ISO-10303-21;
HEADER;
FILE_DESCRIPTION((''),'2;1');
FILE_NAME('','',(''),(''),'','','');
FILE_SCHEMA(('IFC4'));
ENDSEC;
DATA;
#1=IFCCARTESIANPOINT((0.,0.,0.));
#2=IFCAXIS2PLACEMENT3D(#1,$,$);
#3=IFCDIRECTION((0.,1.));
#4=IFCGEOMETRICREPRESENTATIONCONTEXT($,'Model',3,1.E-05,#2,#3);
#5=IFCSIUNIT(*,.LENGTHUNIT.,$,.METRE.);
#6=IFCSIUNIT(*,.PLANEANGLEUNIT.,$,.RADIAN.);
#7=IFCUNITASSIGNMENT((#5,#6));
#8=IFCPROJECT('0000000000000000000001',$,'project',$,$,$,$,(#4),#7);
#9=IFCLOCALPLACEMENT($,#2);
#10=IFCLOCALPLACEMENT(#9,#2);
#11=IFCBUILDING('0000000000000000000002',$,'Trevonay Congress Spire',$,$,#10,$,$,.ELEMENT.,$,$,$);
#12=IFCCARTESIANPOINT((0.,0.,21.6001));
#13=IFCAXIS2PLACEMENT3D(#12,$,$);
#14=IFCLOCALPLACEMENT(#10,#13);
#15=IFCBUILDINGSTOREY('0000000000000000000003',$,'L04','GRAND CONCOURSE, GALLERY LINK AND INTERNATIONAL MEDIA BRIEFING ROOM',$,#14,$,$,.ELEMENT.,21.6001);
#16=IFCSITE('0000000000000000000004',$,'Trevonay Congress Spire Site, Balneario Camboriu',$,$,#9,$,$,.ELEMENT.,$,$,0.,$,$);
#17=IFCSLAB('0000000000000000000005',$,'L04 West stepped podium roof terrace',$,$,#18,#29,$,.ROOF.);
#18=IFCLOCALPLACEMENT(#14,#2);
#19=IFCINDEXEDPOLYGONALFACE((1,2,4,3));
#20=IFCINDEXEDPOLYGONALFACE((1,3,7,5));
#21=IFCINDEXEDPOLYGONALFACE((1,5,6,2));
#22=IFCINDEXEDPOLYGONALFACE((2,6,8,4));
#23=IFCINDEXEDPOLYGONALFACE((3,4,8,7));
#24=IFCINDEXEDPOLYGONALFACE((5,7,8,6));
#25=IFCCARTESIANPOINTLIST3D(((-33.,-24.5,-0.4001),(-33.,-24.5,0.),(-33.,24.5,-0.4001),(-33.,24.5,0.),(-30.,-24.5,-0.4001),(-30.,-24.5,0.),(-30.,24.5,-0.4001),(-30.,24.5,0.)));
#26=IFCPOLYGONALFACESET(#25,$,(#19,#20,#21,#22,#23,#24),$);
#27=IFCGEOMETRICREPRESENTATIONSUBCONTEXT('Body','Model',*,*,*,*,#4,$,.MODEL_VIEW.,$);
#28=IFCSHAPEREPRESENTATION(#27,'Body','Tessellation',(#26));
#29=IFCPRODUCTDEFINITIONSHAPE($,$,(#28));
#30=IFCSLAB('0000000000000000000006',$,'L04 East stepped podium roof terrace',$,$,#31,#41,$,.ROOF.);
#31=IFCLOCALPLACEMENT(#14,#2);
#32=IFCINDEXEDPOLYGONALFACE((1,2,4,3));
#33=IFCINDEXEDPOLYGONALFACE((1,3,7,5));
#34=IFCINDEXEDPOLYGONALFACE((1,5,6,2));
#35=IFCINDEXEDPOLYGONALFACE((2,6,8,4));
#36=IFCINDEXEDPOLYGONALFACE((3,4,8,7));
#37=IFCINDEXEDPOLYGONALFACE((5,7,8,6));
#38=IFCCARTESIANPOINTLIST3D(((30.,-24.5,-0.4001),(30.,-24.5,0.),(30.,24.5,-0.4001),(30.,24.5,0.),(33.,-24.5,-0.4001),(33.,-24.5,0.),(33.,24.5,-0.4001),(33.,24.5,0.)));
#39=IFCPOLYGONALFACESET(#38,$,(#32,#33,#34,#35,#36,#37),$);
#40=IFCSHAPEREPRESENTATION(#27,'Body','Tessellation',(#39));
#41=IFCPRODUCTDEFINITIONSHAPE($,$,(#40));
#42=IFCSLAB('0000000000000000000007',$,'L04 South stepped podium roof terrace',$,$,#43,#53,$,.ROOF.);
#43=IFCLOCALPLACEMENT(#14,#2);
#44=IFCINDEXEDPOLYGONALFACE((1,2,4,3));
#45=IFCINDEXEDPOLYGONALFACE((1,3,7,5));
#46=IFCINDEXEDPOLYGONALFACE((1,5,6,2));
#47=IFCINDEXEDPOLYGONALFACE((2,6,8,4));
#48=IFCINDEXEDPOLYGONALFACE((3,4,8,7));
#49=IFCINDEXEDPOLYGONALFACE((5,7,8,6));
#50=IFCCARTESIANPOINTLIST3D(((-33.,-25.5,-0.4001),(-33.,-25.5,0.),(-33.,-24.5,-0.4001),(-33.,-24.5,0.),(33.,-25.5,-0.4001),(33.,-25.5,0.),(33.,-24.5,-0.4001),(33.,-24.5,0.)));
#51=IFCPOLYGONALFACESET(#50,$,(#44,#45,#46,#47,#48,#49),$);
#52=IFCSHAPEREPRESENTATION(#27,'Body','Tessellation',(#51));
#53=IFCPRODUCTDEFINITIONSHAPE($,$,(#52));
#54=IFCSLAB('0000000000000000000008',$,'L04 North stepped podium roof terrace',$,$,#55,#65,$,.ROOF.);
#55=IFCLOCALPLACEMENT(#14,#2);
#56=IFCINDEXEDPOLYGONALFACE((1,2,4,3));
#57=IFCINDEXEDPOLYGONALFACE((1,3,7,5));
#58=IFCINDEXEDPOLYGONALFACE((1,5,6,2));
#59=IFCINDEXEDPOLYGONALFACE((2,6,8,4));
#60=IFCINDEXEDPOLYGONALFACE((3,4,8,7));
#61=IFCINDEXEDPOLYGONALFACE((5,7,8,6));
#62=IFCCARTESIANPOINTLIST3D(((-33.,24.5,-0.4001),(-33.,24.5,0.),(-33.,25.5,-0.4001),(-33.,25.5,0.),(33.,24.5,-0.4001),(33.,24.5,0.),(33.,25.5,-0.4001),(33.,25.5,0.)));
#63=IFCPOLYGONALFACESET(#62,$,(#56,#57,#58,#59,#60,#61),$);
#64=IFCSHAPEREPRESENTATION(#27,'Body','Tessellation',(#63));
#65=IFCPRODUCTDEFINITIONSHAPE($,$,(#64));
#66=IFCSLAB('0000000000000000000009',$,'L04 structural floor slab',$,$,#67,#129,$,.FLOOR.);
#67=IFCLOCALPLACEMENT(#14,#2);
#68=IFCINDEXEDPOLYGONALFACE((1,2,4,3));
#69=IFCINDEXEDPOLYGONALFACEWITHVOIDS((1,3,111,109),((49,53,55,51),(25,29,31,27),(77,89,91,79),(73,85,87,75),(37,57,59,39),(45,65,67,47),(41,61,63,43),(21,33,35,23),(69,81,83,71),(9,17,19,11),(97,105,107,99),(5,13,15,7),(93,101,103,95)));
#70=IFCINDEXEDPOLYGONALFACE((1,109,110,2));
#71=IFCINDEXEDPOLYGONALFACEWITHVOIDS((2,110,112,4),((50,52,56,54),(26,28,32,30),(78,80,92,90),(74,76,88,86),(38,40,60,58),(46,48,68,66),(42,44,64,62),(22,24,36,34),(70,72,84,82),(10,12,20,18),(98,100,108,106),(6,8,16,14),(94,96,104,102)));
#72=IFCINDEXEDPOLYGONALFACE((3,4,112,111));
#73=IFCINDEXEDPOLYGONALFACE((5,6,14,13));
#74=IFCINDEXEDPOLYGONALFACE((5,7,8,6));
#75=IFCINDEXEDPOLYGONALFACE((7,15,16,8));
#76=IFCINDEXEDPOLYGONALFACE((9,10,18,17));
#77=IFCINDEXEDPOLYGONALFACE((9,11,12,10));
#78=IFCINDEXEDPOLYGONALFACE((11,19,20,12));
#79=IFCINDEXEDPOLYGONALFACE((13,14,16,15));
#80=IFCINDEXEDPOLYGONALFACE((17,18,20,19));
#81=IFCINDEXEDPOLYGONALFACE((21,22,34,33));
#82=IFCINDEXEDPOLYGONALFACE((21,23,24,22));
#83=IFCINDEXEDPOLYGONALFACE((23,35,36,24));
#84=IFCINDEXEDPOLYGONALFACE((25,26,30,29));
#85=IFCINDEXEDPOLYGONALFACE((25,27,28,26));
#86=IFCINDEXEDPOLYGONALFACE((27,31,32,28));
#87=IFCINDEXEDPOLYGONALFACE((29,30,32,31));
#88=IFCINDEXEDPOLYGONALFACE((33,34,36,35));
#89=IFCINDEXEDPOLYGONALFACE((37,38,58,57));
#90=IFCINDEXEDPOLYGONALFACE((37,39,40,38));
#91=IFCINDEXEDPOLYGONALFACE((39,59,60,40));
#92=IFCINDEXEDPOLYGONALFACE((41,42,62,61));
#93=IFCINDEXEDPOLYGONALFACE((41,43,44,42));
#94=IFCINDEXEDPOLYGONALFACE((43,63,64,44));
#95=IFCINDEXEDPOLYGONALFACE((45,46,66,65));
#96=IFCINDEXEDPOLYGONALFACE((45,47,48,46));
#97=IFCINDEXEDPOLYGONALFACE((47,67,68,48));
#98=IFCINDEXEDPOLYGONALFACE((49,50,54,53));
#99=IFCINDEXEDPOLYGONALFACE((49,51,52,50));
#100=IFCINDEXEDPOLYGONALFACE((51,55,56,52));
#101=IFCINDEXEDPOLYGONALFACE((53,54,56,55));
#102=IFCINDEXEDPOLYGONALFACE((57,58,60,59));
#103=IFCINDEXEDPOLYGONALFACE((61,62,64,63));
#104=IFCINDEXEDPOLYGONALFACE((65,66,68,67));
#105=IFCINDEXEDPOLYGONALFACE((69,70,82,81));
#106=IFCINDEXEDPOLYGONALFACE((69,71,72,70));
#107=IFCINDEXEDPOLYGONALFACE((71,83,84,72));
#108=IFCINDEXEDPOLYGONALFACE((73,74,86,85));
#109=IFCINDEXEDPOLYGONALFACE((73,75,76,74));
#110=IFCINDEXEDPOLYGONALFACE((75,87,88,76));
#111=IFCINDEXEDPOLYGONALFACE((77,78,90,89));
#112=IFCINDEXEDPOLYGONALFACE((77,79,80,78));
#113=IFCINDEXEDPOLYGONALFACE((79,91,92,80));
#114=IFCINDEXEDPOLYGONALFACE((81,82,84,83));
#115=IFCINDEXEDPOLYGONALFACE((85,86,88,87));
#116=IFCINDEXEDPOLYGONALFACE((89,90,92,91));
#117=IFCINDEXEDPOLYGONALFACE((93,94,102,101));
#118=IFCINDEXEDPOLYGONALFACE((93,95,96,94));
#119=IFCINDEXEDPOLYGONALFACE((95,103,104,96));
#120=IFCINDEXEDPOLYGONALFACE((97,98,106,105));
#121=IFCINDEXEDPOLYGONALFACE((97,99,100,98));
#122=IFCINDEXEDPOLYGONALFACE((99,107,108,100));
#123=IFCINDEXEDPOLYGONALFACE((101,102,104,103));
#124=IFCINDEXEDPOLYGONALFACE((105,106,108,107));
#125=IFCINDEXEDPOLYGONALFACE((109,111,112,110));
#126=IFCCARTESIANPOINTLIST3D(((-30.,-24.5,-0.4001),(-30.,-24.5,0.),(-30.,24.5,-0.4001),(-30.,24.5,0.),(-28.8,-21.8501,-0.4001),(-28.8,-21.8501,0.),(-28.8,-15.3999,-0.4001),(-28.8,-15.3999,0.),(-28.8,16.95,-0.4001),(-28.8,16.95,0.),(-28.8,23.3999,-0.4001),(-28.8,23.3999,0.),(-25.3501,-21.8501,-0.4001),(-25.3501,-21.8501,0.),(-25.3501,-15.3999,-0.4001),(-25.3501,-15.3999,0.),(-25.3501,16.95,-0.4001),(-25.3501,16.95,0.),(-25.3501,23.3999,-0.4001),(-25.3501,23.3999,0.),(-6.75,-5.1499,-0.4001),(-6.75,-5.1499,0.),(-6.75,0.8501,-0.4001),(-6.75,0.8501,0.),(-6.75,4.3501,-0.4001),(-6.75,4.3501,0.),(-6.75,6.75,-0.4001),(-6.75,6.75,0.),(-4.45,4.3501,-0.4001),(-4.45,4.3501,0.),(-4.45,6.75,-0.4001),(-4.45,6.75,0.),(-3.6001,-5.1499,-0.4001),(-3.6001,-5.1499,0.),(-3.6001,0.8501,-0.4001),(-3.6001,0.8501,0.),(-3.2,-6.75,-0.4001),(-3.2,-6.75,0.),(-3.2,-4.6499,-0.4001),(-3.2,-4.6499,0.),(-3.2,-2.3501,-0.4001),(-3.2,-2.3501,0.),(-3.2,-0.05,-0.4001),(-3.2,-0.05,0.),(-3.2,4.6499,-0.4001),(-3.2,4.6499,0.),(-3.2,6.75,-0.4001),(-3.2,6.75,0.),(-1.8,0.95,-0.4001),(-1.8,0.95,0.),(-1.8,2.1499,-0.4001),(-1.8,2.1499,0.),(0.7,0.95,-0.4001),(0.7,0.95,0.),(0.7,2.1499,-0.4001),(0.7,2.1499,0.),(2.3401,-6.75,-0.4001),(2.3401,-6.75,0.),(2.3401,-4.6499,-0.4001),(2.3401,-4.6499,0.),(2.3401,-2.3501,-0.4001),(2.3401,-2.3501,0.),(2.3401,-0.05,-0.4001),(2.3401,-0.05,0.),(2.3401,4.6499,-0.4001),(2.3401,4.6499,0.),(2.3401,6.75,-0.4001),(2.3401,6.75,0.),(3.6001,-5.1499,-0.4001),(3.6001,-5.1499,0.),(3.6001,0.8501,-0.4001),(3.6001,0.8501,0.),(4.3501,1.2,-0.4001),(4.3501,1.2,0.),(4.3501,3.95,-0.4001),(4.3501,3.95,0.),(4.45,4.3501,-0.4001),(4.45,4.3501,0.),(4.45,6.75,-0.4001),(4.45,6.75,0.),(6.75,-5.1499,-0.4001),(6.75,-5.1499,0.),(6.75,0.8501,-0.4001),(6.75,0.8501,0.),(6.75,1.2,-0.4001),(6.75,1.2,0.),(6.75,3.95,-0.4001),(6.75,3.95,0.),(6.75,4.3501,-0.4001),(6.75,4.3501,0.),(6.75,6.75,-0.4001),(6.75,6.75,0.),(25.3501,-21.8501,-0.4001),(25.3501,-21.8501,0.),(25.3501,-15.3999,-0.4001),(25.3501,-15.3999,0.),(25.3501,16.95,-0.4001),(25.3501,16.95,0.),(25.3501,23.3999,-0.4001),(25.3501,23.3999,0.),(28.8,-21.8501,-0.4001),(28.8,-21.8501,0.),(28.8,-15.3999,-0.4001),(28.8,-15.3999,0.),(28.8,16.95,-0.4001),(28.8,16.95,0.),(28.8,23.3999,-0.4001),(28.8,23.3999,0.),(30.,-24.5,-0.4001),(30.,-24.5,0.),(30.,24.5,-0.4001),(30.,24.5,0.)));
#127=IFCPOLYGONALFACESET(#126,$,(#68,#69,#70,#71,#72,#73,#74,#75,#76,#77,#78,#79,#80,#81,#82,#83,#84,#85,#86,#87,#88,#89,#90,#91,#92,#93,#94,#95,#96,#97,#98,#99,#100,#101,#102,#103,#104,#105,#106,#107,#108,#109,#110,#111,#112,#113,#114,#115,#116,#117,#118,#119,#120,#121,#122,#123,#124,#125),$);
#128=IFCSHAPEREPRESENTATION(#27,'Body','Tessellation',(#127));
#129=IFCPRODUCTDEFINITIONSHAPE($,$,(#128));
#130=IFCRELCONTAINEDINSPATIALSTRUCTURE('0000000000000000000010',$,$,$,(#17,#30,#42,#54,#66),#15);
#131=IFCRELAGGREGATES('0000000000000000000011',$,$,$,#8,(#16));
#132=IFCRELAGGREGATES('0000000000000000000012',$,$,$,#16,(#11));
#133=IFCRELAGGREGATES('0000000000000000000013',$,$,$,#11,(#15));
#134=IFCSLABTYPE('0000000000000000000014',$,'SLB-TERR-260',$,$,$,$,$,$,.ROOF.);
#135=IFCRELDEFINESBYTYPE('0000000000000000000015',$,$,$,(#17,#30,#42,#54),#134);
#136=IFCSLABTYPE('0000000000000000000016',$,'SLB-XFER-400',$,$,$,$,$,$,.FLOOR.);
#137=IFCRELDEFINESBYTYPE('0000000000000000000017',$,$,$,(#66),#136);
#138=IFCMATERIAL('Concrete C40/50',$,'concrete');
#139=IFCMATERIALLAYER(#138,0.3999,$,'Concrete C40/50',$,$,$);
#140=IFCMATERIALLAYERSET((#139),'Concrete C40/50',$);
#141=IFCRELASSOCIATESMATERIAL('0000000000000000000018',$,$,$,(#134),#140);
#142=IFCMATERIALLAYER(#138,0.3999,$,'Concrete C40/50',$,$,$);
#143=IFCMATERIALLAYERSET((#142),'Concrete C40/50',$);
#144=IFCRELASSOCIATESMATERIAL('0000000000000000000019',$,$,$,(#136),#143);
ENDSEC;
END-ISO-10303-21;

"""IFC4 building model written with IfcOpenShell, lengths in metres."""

from ifc_helpers import new_model, si_unit, direction, frame, origin, place, context, subcontext, project, spatial, polyline, outline, extrude, material, layer, layer_set, type_object, element, save


model = new_model("IFC4")

# Units and contexts
model_context = context("Model", 3, precision=1e-05, world=origin(), true_north=direction((0.0, 1.0)))
body_context = subcontext(model_context, "Body", "Model", "MODEL_VIEW")
ifc_project = project(units=[si_unit("LENGTHUNIT", "METRE"), si_unit("PLANEANGLEUNIT", "RADIAN")], contexts=[model_context])

# Site, building, storey
site_placement = place(None, origin())
site = spatial("IfcSite", under=ifc_project, at=site_placement, Name="Trevonay Congress Spire Site, Balneario Camboriu", CompositionType="ELEMENT", RefElevation=0.0)
building_placement = place(site_placement, origin())
building = spatial("IfcBuilding", under=site, at=building_placement, Name="Trevonay Congress Spire", CompositionType="ELEMENT")
storey_placement = place(building_placement, frame((0.0, 0.0, 21.6001)))
storey = spatial("IfcBuildingStorey", under=building, at=storey_placement, Name="L04", Description="GRAND CONCOURSE, GALLERY LINK AND INTERNATIONAL MEDIA BRIEFING ROOM", CompositionType="ELEMENT", Elevation=21.6001)

# Slabs
ifc_material_1 = material(Name="Concrete C40/50", Category="concrete")
ifc_layer_1 = layer(ifc_material_1, 0.3999, Name="Concrete C40/50")
ifc_layer_set_1 = layer_set([ifc_layer_1], Name="Concrete C40/50")
slab_type_1 = type_object("IfcSlabType", Name="SLB-TERR-260", PredefinedType="ROOF", material=ifc_layer_set_1)
slab_1_placement = place(storey_placement, frame((0.0, 0.0, -0.4001)))
element("IfcSlab", 1, at=slab_1_placement, inside=storey, type_object=slab_type_1, Name="L04 West stepped podium roof terrace", PredefinedType="ROOF", context=body_context, shape_type="SweptSolid", body=[
    extrude(outline(polyline([(-33.0, -24.5), (-30.0, -24.5), (-30.0, 24.5), (-33.0, 24.5), (-33.0, -24.5)])), origin(), (0.0, 0.0, 1.0), 0.4001),
])
slab_2_placement = place(storey_placement, frame((0.0, 0.0, -0.4001)))
element("IfcSlab", 2, at=slab_2_placement, inside=storey, type_object=slab_type_1, Name="L04 East stepped podium roof terrace", PredefinedType="ROOF", context=body_context, shape_type="SweptSolid", body=[
    extrude(outline(polyline([(30.0, -24.5), (33.0, -24.5), (33.0, 24.5), (30.0, 24.5), (30.0, -24.5)])), origin(), (0.0, 0.0, 1.0), 0.4001),
])
slab_3_placement = place(storey_placement, frame((0.0, 0.0, -0.4001)))
element("IfcSlab", 3, at=slab_3_placement, inside=storey, type_object=slab_type_1, Name="L04 South stepped podium roof terrace", PredefinedType="ROOF", context=body_context, shape_type="SweptSolid", body=[
    extrude(outline(polyline([(-33.0, -25.5), (33.0, -25.5), (33.0, -24.5), (-33.0, -24.5), (-33.0, -25.5)])), origin(), (0.0, 0.0, 1.0), 0.4001),
])
slab_4_placement = place(storey_placement, frame((0.0, 0.0, -0.4001)))
element("IfcSlab", 4, at=slab_4_placement, inside=storey, type_object=slab_type_1, Name="L04 North stepped podium roof terrace", PredefinedType="ROOF", context=body_context, shape_type="SweptSolid", body=[
    extrude(outline(polyline([(-33.0, 24.5), (33.0, 24.5), (33.0, 25.5), (-33.0, 25.5), (-33.0, 24.5)])), origin(), (0.0, 0.0, 1.0), 0.4001),
])
ifc_layer_2 = layer(ifc_material_1, 0.3999, Name="Concrete C40/50")
ifc_layer_set_2 = layer_set([ifc_layer_2], Name="Concrete C40/50")
slab_type_2 = type_object("IfcSlabType", Name="SLB-XFER-400", PredefinedType="FLOOR", material=ifc_layer_set_2)
slab_5_placement = place(storey_placement, frame((0.0, 0.0, -0.4001)))
element("IfcSlab", 5, at=slab_5_placement, inside=storey, type_object=slab_type_2, Name="L04 structural floor slab", PredefinedType="FLOOR", context=body_context, shape_type="SweptSolid", body=[
    extrude(outline(polyline([(-30.0, -24.5), (30.0, -24.5), (30.0, 24.5), (-30.0, 24.5), (-30.0, -24.5)]), holes=[polyline([(-3.6001, -5.1499), (-3.6001, 0.8501), (-6.75, 0.8501), (-6.75, -5.1499), (-3.6001, -5.1499)]), polyline([(6.75, -5.1499), (6.75, 0.8501), (3.6001, 0.8501), (3.6001, -5.1499), (6.75, -5.1499)]), polyline([(-25.3501, -21.8501), (-25.3501, -15.3999), (-28.8, -15.3999), (-28.8, -21.8501), (-25.3501, -21.8501)]), polyline([(28.8, -21.8501), (28.8, -15.3999), (25.3501, -15.3999), (25.3501, -21.8501), (28.8, -21.8501)]), polyline([(-25.3501, 16.95), (-25.3501, 23.3999), (-28.8, 23.3999), (-28.8, 16.95), (-25.3501, 16.95)]), polyline([(28.8, 16.95), (28.8, 23.3999), (25.3501, 23.3999), (25.3501, 16.95), (28.8, 16.95)]), polyline([(-3.2, -6.75), (2.3401, -6.75), (2.3401, -4.6499), (-3.2, -4.6499), (-3.2, -6.75)]), polyline([(-3.2, -2.3501), (2.3401, -2.3501), (2.3401, -0.05), (-3.2, -0.05), (-3.2, -2.3501)]), polyline([(-3.2, 4.6499), (2.3401, 4.6499), (2.3401, 6.75), (-3.2, 6.75), (-3.2, 4.6499)]), polyline([(-6.75, 4.3501), (-4.45, 4.3501), (-4.45, 6.75), (-6.75, 6.75), (-6.75, 4.3501)]), polyline([(4.45, 4.3501), (6.75, 4.3501), (6.75, 6.75), (4.45, 6.75), (4.45, 4.3501)]), polyline([(4.3501, 1.2), (6.75, 1.2), (6.75, 3.95), (4.3501, 3.95), (4.3501, 1.2)]), polyline([(-1.8, 0.95), (0.7, 0.95), (0.7, 2.1499), (-1.8, 2.1499), (-1.8, 0.95)])]), origin(), (0.0, 0.0, 1.0), 0.4001),
])

save(model, "model.ifc")
